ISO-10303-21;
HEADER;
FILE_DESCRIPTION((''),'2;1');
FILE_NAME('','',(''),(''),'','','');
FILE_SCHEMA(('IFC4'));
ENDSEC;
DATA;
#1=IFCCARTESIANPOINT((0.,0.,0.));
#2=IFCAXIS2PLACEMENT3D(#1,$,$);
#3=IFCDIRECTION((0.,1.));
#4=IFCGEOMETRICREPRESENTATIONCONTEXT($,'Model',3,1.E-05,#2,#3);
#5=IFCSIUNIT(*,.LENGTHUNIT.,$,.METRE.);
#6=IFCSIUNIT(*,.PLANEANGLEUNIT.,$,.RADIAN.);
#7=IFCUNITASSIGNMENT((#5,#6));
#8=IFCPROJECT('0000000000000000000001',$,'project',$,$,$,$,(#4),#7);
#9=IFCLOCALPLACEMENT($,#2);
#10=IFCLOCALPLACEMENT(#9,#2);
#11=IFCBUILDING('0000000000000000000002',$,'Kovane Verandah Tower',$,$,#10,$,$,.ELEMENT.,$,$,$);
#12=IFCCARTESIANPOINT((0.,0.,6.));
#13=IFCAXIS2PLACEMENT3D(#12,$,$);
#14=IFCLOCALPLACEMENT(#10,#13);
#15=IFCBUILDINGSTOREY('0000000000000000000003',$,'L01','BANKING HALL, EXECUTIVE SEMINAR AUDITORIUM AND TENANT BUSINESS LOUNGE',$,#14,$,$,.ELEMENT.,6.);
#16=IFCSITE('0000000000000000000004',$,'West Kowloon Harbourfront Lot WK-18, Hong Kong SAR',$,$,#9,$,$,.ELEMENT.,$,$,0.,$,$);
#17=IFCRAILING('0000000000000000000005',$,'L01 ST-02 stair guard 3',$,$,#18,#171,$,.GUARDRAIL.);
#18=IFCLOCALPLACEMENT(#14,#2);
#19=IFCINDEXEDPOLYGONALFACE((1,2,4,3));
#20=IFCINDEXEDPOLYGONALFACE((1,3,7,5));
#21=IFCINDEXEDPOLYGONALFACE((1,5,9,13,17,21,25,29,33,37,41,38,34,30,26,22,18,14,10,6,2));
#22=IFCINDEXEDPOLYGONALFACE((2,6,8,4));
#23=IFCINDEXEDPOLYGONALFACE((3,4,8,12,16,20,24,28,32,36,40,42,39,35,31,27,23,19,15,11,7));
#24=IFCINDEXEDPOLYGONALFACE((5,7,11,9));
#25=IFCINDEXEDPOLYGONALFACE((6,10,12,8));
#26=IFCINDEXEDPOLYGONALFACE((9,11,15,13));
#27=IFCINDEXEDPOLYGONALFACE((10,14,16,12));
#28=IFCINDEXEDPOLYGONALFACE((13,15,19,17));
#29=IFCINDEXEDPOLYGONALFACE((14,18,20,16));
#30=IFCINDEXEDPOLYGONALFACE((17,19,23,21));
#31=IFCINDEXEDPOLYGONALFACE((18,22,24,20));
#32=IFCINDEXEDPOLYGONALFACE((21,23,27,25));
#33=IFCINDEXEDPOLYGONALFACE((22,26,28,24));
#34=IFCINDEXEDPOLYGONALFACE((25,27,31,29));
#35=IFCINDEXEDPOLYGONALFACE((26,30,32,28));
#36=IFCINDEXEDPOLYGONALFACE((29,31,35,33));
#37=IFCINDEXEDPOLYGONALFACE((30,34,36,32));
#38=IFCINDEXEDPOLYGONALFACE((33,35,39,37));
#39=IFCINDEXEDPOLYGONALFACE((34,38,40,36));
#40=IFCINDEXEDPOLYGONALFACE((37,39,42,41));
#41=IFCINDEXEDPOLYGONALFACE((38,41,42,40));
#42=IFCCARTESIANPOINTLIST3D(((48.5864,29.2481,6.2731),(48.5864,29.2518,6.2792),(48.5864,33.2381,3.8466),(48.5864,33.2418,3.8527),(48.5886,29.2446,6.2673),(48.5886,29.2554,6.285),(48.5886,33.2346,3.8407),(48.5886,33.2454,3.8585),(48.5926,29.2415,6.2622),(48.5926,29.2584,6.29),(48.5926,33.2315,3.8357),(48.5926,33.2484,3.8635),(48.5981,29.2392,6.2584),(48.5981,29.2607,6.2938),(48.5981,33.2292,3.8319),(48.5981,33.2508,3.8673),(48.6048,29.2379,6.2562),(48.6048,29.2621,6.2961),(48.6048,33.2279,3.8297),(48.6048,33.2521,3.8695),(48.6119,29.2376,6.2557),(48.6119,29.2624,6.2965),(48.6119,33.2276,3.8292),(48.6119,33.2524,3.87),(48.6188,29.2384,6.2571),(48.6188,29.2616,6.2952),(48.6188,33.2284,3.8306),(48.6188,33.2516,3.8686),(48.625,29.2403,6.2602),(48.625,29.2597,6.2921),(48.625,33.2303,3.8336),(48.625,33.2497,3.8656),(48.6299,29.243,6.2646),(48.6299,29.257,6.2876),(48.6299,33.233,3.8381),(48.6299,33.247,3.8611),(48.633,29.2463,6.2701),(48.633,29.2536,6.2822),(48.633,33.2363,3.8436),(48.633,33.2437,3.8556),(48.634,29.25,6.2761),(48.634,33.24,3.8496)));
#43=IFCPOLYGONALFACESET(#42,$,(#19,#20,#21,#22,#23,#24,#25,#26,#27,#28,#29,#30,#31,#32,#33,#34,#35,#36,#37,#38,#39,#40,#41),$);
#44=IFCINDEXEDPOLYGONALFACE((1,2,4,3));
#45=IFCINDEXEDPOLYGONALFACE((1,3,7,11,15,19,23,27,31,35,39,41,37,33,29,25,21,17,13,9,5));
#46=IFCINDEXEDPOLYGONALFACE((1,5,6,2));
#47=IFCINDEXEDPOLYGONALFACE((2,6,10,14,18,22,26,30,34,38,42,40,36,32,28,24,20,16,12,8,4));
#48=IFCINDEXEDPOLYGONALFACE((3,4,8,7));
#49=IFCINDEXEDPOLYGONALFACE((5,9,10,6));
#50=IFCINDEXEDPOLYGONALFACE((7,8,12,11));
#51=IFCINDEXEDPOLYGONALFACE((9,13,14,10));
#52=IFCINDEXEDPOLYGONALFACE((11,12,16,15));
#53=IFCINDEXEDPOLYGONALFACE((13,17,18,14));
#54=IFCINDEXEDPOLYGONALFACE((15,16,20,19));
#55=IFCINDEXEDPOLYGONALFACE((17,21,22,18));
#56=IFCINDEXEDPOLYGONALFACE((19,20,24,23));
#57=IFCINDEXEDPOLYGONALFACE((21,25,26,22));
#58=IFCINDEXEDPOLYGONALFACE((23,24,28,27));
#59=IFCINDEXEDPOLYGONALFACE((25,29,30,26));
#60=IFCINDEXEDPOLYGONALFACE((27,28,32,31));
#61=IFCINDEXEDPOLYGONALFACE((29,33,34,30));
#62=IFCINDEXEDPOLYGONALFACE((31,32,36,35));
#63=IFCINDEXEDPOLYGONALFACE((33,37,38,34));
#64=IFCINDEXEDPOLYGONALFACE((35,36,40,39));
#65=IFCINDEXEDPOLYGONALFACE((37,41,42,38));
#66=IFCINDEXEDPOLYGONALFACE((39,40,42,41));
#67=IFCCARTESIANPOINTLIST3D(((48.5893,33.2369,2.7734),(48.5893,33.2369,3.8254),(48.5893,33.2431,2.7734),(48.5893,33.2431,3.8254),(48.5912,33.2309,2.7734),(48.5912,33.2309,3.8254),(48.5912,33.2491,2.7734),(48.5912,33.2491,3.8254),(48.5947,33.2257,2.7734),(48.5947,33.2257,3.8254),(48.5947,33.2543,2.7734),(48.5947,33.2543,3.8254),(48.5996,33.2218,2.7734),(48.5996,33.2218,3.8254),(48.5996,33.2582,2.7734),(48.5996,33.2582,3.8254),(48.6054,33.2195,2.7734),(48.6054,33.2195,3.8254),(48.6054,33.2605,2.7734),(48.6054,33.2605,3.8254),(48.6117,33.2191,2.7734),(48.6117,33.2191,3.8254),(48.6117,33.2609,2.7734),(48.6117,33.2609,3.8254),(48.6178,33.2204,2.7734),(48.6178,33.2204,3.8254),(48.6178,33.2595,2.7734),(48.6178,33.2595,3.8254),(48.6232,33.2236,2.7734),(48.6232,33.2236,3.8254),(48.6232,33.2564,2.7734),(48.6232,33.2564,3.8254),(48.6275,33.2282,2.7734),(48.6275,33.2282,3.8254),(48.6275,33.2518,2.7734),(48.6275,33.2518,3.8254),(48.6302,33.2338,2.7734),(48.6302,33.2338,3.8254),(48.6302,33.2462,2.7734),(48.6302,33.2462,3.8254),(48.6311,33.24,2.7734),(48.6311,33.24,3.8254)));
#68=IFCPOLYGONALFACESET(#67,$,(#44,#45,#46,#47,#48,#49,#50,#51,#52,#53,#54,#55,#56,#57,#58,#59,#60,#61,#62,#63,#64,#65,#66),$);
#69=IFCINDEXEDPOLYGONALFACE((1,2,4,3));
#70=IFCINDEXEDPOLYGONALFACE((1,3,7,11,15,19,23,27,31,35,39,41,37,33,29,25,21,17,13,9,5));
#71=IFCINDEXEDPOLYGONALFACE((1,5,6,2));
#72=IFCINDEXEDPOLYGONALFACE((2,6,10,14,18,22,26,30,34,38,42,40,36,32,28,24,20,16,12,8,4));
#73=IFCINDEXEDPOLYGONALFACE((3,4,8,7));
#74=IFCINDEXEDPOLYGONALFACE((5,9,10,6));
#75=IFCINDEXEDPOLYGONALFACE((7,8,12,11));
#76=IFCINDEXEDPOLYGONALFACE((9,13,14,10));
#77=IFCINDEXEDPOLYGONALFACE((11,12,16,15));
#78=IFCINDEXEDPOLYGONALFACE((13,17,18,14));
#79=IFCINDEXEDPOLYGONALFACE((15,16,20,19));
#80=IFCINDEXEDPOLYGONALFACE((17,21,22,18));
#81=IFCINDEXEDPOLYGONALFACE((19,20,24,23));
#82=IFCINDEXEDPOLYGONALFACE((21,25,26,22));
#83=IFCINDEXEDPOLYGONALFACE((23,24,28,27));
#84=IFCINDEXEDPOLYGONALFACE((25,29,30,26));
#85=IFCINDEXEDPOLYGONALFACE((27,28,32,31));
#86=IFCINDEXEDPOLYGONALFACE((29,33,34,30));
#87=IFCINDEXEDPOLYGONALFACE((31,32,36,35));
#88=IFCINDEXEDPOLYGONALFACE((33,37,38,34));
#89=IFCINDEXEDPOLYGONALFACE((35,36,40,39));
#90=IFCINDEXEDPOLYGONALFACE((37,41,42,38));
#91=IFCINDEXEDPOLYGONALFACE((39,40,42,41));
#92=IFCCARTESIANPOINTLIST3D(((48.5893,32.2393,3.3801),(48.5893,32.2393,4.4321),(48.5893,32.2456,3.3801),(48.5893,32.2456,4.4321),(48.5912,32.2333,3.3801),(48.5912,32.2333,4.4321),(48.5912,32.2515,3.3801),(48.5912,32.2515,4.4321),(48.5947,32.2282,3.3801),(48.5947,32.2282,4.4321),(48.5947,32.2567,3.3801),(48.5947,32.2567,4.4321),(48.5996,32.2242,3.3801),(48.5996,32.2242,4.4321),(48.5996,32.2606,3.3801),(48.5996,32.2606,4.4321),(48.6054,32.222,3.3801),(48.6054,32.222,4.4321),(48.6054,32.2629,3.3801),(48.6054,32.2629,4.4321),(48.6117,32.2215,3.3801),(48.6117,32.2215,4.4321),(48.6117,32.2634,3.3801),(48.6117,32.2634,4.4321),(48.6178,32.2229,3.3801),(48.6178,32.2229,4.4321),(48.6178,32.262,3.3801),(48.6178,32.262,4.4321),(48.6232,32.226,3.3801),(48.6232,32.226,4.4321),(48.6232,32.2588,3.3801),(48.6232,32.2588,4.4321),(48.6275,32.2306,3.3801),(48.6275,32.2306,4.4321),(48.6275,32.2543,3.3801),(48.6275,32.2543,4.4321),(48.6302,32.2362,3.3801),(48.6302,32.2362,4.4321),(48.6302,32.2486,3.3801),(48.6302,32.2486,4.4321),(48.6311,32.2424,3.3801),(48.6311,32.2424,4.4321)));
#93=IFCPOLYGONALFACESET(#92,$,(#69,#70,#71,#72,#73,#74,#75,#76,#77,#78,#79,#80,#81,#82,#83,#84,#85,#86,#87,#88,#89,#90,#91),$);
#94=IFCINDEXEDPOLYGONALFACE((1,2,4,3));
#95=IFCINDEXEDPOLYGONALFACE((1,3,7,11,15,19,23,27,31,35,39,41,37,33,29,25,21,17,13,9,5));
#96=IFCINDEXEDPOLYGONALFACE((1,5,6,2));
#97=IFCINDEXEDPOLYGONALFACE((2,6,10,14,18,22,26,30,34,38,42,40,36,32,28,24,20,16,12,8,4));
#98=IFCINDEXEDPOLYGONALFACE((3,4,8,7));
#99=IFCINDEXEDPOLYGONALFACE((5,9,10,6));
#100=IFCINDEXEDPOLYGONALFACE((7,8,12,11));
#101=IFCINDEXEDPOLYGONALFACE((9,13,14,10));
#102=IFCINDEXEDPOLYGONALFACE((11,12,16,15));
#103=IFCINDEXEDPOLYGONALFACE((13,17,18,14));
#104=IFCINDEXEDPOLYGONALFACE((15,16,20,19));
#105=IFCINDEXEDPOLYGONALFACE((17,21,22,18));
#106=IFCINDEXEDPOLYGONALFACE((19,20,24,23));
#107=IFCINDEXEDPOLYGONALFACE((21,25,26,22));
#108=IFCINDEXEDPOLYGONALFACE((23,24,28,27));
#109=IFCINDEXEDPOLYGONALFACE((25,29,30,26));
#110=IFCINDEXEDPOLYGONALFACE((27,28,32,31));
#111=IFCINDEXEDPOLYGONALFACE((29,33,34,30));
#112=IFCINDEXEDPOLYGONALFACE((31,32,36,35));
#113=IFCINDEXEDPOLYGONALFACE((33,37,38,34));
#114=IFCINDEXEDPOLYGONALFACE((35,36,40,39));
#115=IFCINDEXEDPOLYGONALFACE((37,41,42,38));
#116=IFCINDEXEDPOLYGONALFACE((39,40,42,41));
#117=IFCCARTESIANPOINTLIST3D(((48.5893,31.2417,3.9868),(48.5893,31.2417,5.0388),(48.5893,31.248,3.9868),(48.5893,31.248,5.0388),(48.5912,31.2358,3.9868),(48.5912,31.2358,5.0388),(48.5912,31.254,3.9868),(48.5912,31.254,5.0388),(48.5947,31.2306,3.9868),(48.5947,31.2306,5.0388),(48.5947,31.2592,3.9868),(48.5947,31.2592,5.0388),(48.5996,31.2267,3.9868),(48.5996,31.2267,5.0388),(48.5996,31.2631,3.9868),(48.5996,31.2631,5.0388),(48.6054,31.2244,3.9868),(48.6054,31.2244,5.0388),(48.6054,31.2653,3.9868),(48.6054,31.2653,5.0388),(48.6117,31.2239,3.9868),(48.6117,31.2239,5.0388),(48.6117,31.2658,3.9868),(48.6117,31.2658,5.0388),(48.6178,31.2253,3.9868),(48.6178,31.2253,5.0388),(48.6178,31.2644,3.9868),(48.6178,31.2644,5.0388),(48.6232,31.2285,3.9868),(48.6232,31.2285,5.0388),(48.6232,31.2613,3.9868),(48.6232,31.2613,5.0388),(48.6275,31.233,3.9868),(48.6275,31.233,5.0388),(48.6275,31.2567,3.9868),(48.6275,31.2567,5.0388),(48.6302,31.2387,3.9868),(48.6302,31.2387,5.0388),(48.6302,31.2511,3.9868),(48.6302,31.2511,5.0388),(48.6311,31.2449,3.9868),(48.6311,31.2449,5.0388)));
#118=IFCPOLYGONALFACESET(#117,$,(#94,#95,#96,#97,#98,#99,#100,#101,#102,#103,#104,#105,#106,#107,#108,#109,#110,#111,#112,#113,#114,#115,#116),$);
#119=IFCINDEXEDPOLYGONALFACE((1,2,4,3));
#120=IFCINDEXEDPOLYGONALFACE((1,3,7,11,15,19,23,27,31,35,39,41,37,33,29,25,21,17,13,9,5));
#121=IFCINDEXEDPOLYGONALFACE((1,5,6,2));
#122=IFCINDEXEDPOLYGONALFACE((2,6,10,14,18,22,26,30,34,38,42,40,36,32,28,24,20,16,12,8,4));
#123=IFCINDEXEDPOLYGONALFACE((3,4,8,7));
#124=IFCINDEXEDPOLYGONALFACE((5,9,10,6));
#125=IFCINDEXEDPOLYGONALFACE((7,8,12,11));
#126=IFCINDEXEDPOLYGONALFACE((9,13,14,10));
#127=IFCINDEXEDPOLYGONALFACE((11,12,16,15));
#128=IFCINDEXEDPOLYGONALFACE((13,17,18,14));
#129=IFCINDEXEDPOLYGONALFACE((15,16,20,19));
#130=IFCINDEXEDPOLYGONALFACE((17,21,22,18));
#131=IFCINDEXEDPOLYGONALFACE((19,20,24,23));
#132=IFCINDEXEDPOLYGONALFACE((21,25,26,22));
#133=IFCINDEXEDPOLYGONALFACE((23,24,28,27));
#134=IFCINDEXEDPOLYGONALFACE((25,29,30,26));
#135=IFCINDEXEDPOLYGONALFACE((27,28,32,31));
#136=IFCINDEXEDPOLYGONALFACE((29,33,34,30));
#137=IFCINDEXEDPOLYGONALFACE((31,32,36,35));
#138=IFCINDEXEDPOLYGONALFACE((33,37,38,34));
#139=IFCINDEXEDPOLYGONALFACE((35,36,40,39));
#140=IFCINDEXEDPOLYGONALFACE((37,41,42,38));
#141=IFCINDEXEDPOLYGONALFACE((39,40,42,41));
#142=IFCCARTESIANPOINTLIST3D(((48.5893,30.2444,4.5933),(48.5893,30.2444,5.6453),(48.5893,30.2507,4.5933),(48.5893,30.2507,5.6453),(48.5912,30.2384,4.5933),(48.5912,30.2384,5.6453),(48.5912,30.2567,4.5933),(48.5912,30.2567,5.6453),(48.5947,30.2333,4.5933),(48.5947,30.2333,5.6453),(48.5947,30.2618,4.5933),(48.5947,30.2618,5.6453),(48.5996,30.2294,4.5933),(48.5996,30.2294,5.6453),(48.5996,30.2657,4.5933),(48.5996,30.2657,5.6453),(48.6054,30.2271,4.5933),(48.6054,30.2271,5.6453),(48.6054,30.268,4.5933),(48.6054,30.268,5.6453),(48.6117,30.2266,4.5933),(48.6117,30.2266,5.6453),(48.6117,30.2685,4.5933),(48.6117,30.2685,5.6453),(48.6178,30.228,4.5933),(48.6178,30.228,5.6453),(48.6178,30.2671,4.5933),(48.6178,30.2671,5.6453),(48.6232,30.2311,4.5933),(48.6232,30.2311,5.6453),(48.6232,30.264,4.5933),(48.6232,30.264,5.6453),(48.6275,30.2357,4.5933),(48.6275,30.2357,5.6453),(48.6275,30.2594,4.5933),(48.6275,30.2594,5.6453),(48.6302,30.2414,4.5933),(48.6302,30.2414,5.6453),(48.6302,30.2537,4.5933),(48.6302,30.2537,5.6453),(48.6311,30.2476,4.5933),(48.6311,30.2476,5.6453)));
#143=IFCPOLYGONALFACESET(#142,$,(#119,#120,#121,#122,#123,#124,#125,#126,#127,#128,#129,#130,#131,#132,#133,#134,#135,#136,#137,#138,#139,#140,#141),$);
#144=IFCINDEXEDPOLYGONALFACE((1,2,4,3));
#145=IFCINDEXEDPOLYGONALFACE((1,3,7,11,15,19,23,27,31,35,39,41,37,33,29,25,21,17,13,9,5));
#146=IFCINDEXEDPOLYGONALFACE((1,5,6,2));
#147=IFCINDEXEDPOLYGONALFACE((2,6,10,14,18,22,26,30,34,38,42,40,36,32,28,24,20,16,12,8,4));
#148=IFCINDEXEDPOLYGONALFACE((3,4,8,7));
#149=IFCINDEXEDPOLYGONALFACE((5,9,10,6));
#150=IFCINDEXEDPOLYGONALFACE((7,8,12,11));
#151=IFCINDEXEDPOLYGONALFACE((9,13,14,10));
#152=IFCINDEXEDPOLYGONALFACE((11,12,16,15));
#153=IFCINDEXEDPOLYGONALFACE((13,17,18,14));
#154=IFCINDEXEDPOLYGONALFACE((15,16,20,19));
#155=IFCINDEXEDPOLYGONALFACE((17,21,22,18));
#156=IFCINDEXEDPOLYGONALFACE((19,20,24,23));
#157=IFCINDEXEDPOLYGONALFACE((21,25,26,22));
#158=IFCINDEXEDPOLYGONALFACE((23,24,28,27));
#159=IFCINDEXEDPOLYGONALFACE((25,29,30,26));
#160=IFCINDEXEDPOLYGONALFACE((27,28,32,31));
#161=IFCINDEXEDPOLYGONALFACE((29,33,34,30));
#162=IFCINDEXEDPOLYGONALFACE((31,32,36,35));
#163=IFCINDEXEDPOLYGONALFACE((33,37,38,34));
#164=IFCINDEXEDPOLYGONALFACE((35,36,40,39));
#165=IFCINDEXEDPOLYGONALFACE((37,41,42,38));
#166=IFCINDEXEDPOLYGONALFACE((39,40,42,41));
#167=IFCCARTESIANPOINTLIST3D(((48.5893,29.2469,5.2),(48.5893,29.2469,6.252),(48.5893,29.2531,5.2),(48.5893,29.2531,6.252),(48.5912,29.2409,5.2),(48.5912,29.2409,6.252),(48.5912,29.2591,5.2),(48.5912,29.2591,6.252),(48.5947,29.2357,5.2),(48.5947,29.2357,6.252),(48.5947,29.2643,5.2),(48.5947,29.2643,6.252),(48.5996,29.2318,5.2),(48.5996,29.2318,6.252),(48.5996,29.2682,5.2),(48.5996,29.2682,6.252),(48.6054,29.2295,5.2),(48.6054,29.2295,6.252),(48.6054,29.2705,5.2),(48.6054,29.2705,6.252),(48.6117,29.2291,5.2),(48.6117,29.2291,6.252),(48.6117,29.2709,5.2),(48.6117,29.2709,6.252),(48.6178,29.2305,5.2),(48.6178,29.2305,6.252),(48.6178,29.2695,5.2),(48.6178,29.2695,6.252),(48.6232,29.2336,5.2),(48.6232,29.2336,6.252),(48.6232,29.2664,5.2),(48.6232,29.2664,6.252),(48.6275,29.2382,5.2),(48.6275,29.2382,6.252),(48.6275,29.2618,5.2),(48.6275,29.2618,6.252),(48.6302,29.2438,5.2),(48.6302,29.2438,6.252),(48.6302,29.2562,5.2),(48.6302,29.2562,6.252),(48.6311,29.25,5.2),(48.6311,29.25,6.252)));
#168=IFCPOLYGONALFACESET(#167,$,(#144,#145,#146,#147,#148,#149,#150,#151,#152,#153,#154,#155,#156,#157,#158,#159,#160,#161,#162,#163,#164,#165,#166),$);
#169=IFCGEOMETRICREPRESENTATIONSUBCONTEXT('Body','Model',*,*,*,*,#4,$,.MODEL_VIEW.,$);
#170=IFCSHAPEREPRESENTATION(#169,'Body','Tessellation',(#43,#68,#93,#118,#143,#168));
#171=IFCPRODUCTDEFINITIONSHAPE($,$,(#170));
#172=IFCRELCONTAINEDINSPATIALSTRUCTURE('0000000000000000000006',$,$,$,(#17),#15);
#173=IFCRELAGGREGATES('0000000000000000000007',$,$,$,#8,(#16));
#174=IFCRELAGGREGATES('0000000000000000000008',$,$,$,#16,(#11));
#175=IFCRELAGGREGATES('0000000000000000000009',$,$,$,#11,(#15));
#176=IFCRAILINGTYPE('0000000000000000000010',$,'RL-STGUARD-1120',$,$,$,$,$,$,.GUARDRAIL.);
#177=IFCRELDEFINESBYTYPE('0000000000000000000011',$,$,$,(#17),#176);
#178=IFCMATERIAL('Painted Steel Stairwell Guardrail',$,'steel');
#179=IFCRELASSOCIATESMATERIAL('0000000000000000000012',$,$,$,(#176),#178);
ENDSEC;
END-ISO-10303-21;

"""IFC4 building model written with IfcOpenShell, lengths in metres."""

from ifc_helpers import new_model, si_unit, direction, frame, origin, origin_2d, place, context, subcontext, project, spatial, circle, extrude, material, type_object, element, save


model = new_model("IFC4")

# Units and contexts
model_context = context("Model", 3, precision=1e-05, world=origin(), true_north=direction((0.0, 1.0)))
body_context = subcontext(model_context, "Body", "Model", "MODEL_VIEW")
ifc_project = project(units=[si_unit("LENGTHUNIT", "METRE"), si_unit("PLANEANGLEUNIT", "RADIAN")], contexts=[model_context])

# Site, building, storey
site_placement = place(None, origin())
site = spatial("IfcSite", under=ifc_project, at=site_placement, Name="West Kowloon Harbourfront Lot WK-18, Hong Kong SAR", CompositionType="ELEMENT", RefElevation=0.0)
building_placement = place(site_placement, origin())
building = spatial("IfcBuilding", under=site, at=building_placement, Name="Kovane Verandah Tower", CompositionType="ELEMENT")
storey_placement = place(building_placement, frame((0.0, 0.0, 6.0)))
storey = spatial("IfcBuildingStorey", under=building, at=storey_placement, Name="L01", Description="BANKING HALL, EXECUTIVE SEMINAR AUDITORIUM AND TENANT BUSINESS LOUNGE", CompositionType="ELEMENT", Elevation=6.0)

# Railing
ifc_material_1 = material(Name="Painted Steel Stairwell Guardrail", Category="steel")
railing_type_1 = type_object("IfcRailingType", Name="RL-STGUARD-1120", PredefinedType="GUARDRAIL", material=ifc_material_1)
railing_1_placement = place(storey_placement, frame((48.6101, 33.24, 2.7734)))
element("IfcRailing", 1, at=railing_1_placement, inside=storey, type_object=railing_type_1, Name="L01 ST-02 stair guard 3", PredefinedType="GUARDRAIL", context=body_context, shape_type="SweptSolid", body=[
    extrude(circle(Radius=0.0239, at=origin_2d()), frame((0.0, 0.0, 1.0762), z_axis=(0.0, -0.854405, 0.519607), x_axis=(1.0, 0.0, 0.0)), (0.0, 0.0, 1.0), 4.6699),
    extrude(circle(Radius=0.021, at=origin_2d()), origin(), (0.0, 0.0, 1.0), 1.052),
    extrude(circle(Radius=0.021, at=origin_2d()), frame((0.0, -0.9976, 0.6067)), (0.0, 0.0, 1.0), 1.052),
    extrude(circle(Radius=0.021, at=origin_2d()), frame((0.0, -1.9951, 1.2134)), (0.0, 0.0, 1.0), 1.052),
    extrude(circle(Radius=0.021, at=origin_2d()), frame((0.0, -2.9924, 1.8198)), (0.0, 0.0, 1.0), 1.052),
    extrude(circle(Radius=0.021, at=origin_2d()), frame((0.0, -3.99, 2.4265)), (0.0, 0.0, 1.0), 1.052),
])

save(model, "model.ifc")
